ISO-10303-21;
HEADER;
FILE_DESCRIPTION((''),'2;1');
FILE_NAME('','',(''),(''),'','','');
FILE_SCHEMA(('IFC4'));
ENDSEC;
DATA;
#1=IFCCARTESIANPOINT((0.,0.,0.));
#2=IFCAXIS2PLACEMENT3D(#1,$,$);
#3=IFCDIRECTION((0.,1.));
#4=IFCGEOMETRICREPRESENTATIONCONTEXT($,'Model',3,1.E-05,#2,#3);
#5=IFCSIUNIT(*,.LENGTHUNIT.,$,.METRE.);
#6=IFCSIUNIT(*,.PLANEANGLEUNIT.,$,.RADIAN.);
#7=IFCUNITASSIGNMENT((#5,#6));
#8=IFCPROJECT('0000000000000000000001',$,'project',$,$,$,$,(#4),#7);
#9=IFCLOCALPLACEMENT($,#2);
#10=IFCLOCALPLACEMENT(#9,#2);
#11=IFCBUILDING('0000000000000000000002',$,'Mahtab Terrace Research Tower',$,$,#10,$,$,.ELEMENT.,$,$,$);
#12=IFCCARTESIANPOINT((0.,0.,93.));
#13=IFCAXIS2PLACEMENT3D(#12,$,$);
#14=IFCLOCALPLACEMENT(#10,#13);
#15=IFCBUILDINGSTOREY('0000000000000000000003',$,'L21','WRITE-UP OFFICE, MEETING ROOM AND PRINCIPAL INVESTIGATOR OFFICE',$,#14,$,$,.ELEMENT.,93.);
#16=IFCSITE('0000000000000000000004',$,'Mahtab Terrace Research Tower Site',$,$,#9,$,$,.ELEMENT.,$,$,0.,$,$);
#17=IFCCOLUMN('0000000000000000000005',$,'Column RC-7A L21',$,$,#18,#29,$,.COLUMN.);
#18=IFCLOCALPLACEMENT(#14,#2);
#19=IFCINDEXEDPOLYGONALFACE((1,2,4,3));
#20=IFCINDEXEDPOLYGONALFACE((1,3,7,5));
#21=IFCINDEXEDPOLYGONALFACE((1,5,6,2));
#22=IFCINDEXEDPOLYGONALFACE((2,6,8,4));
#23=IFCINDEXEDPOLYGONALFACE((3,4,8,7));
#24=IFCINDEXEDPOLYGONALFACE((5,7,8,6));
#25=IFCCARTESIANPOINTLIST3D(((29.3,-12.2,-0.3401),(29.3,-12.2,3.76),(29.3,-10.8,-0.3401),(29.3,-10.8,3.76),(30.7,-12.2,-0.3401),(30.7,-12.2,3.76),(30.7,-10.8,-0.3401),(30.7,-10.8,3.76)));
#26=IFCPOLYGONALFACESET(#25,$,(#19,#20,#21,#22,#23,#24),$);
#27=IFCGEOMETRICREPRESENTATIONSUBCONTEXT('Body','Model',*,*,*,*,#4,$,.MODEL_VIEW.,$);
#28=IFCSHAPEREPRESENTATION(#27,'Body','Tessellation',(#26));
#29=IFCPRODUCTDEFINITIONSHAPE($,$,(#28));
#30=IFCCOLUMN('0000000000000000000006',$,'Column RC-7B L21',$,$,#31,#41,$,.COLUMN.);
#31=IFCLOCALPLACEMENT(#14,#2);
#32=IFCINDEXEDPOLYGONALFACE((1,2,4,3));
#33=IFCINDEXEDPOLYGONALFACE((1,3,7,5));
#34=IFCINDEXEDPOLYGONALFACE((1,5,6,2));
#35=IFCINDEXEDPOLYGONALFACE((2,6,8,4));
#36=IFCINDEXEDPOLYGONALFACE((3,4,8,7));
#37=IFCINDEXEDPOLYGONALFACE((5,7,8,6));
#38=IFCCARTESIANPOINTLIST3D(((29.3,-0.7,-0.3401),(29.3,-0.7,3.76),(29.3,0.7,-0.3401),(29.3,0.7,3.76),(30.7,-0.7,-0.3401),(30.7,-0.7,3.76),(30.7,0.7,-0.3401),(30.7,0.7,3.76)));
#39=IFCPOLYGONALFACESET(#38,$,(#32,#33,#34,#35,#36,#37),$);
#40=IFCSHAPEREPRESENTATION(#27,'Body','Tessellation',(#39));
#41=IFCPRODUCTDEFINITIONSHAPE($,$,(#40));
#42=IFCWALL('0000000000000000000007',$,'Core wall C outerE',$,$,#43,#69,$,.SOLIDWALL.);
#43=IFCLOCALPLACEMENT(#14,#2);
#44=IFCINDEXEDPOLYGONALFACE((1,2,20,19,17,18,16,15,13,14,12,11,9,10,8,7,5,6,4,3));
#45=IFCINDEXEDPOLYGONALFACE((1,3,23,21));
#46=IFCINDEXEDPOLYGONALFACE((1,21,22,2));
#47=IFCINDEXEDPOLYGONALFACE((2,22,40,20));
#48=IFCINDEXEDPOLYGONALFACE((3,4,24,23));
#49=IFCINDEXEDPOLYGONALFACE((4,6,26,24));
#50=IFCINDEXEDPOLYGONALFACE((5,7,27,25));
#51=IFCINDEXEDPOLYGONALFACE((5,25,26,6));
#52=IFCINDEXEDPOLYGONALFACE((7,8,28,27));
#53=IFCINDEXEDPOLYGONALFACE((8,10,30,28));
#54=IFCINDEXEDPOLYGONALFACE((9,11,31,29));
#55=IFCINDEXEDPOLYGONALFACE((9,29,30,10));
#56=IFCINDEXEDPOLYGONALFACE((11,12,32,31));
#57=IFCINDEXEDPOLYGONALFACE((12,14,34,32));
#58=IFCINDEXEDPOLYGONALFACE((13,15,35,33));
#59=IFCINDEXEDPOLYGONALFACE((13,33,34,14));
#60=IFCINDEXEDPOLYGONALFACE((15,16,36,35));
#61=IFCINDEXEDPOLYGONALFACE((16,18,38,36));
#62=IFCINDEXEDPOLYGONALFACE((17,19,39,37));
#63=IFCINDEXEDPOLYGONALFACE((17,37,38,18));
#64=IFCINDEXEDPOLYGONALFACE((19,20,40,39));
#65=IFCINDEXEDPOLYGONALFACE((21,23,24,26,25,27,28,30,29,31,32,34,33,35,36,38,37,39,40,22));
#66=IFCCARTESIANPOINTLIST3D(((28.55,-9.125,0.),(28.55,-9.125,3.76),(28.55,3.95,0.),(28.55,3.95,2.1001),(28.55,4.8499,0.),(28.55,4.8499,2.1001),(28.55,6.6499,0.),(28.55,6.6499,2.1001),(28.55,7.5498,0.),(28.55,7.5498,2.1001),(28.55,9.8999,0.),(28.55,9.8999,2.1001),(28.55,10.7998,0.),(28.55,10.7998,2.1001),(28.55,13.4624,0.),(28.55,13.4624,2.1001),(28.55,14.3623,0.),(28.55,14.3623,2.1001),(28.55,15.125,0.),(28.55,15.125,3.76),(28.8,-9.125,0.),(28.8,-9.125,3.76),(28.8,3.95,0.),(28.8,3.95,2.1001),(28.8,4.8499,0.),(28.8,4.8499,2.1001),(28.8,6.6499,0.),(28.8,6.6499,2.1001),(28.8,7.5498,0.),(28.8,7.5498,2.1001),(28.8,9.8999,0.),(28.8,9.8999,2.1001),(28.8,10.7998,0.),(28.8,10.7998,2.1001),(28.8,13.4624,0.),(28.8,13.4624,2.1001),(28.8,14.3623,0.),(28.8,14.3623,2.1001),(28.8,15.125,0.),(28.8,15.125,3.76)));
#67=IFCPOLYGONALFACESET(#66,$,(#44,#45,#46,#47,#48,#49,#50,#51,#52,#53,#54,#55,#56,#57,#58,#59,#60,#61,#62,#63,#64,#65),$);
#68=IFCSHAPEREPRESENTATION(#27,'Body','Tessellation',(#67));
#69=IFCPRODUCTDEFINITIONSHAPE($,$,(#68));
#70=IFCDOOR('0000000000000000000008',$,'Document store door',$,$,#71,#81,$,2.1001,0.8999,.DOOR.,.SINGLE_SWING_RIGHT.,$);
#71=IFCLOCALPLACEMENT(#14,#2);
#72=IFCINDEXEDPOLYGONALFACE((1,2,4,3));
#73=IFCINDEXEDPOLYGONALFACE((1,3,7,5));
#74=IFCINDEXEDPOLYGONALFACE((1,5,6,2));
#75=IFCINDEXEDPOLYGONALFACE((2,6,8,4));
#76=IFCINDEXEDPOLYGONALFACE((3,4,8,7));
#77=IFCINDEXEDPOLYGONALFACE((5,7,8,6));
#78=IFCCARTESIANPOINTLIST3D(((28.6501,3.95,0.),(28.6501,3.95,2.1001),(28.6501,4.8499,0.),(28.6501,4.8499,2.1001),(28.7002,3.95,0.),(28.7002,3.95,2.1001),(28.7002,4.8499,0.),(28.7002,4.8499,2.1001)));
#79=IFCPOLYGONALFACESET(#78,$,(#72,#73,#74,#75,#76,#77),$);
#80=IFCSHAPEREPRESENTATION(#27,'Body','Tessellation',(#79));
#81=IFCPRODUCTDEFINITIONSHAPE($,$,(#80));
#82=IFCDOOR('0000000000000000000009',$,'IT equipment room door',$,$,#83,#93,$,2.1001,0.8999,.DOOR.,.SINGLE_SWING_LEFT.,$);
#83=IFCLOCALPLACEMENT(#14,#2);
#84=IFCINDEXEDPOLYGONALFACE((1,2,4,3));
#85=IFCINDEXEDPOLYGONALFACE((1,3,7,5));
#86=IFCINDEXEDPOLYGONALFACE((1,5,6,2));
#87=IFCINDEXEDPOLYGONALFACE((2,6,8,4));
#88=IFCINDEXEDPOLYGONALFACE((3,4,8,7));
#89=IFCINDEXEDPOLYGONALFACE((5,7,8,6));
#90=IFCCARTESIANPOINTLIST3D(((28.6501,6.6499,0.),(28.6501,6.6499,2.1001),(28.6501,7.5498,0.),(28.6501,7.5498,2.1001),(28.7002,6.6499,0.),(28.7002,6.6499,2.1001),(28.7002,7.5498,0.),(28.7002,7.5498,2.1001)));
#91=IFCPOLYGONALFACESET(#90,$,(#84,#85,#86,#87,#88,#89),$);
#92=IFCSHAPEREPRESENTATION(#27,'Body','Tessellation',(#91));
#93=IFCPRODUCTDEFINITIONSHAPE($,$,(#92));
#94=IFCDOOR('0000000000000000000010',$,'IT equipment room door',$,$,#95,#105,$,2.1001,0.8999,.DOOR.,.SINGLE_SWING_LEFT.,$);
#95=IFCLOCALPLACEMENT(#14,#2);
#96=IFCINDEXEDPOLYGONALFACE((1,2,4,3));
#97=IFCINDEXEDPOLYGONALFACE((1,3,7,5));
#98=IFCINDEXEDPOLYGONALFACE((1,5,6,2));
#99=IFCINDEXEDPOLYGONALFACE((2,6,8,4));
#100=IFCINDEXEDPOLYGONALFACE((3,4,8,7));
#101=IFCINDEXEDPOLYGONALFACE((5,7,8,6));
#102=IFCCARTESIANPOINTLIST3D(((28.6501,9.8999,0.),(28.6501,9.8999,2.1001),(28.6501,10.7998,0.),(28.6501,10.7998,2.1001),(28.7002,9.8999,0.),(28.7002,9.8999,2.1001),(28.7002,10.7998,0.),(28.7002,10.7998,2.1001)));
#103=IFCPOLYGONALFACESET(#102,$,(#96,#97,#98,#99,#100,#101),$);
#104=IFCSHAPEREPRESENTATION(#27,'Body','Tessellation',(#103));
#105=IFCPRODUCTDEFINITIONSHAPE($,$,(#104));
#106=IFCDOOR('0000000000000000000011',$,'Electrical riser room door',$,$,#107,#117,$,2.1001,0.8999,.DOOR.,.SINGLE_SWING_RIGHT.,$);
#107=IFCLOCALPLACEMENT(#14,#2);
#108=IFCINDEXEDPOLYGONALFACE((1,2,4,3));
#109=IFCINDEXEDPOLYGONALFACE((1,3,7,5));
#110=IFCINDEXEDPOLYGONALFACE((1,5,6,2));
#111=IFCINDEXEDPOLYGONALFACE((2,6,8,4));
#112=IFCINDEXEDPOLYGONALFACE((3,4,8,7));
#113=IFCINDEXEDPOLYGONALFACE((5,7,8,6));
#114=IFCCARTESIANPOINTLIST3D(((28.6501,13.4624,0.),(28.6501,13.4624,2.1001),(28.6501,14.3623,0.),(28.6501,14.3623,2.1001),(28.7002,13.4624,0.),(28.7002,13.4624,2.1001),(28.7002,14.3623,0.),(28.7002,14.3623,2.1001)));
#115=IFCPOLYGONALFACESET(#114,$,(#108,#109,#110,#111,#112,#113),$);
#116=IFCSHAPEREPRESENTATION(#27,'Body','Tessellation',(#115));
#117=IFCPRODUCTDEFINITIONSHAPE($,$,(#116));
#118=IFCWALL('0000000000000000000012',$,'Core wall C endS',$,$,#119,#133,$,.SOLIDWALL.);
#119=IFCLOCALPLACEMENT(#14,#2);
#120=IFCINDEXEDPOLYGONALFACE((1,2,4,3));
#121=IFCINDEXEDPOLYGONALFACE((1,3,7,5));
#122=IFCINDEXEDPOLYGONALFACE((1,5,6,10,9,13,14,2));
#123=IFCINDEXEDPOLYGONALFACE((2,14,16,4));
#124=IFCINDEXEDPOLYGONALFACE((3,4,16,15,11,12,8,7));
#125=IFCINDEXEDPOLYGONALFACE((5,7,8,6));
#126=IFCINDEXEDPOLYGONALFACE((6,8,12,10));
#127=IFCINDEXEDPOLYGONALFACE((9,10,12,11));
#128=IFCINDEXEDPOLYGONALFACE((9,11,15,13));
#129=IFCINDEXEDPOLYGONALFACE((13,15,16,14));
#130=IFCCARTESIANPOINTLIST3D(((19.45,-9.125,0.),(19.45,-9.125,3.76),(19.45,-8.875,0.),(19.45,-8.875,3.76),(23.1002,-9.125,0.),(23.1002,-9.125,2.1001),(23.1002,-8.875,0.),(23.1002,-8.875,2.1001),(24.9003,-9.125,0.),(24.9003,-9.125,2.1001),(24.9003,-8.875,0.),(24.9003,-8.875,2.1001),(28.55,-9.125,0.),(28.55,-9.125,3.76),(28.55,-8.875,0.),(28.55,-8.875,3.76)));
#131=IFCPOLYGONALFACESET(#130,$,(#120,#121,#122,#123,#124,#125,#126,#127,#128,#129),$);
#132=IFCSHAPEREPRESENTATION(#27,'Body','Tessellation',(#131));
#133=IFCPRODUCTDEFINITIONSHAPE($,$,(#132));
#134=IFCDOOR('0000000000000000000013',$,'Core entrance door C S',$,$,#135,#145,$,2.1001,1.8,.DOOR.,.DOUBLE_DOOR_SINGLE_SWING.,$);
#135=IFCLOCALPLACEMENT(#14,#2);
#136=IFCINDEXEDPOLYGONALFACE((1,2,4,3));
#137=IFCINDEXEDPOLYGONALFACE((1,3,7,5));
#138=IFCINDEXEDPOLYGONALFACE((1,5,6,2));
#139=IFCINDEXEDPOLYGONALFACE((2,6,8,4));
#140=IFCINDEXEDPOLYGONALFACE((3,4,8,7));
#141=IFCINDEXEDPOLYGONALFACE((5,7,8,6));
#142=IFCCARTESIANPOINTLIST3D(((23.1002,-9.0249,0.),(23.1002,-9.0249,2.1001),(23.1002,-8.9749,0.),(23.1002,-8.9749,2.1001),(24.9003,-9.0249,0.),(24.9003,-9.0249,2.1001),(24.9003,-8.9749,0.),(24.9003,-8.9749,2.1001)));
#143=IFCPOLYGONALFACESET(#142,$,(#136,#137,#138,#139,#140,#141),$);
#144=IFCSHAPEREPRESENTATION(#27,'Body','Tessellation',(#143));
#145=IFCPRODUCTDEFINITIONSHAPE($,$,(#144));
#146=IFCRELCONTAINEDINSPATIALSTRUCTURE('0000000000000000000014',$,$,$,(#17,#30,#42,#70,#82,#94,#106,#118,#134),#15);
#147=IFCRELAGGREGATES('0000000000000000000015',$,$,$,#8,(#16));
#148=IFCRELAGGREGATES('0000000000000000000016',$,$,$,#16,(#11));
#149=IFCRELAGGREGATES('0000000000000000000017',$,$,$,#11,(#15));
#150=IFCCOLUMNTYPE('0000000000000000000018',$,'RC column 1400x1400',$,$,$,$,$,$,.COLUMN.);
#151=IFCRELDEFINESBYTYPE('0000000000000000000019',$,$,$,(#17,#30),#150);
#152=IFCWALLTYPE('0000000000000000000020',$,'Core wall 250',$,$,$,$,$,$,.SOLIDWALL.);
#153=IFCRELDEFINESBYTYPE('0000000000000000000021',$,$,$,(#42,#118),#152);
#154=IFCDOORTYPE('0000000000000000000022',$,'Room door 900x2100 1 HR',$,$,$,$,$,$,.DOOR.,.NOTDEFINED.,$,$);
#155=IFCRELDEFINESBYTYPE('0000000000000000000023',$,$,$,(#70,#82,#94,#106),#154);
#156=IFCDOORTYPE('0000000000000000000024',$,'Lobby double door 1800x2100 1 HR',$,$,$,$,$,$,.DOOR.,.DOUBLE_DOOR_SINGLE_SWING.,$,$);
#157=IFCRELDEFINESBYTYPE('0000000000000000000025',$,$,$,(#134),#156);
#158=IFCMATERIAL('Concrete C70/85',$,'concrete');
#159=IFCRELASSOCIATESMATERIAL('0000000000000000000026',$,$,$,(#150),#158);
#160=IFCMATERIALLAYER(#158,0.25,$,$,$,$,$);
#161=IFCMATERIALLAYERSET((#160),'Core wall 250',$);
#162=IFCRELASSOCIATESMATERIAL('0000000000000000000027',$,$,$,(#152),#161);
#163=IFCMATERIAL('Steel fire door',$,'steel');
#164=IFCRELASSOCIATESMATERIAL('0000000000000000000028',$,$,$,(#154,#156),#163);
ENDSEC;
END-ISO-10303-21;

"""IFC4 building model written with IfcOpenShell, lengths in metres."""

from ifc_helpers import new_model, si_unit, direction, frame, frame_2d, origin, origin_2d, place, context, subcontext, project, spatial, rectangle, extrude, material, layer, layer_set, material_profile, profile_set, type_object, element, fill, save


model = new_model("IFC4")

# Units and contexts
model_context = context("Model", 3, precision=1e-05, world=origin(), true_north=direction((0.0, 1.0)))
body_context = subcontext(model_context, "Body", "Model", "MODEL_VIEW")
ifc_project = project(units=[si_unit("LENGTHUNIT", "METRE"), si_unit("PLANEANGLEUNIT", "RADIAN")], contexts=[model_context])

# Site, building, storey
site_placement = place(None, origin())
site = spatial("IfcSite", under=ifc_project, at=site_placement, Name="Mahtab Terrace Research Tower Site", CompositionType="ELEMENT", RefElevation=0.0)
building_placement = place(site_placement, origin())
building = spatial("IfcBuilding", under=site, at=building_placement, Name="Mahtab Terrace Research Tower", CompositionType="ELEMENT")
storey_placement = place(building_placement, frame((0.0, 0.0, 93.0)))
storey = spatial("IfcBuildingStorey", under=building, at=storey_placement, Name="L21", Description="WRITE-UP OFFICE, MEETING ROOM AND PRINCIPAL INVESTIGATOR OFFICE", CompositionType="ELEMENT", Elevation=93.0)

# Columns
ifc_material_1 = material(Name="Concrete C70/85", Category="concrete")
ifc_material_profile = material_profile(ifc_material_1, rectangle(XDim=1.3999, YDim=1.3999, at=origin_2d()), Name="RC column 1400x1400")
ifc_profile_set = profile_set([ifc_material_profile], Name="Concrete C70/85")
column_type = type_object("IfcColumnType", Name="RC column 1400x1400", PredefinedType="COLUMN", material=ifc_profile_set)
for number, where, z_axis, x_axis, name in (
    (1, (30.0, -11.5, -0.3401), (0.0, 0.0, 1.0), (1.0, 0.0, 0.0), "Column RC-7A L21"),
    (2, (30.0, 0.0, -0.3401), (0.0, 0.0, 1.0), (1.0, 0.0, 0.0), "Column RC-7B L21"),
):
    element("IfcColumn", number, at=place(storey_placement, frame(where, z_axis=z_axis, x_axis=x_axis)), inside=storey, type_object=column_type, Name=name, PredefinedType="COLUMN", context=body_context, shape_type="SweptSolid", body=[
        extrude(rectangle(XDim=1.3999, YDim=1.3999, at=origin_2d()), origin(), (0.0, 0.0, 1.0), 4.1001),
    ])

# Wall, openings, doors
ifc_layer_1 = layer(ifc_material_1, 0.25)
ifc_layer_set_1 = layer_set([ifc_layer_1], Name="Core wall 250")
wall_type_1 = type_object("IfcWallType", Name="Core wall 250", PredefinedType="SOLIDWALL", material=ifc_layer_set_1)
wall_1_placement = place(storey_placement, frame((28.675, -9.125, 0.0), z_axis=(0.0, 0.0, 1.0), x_axis=(0.0, 1.0, 0.0)))
wall_1 = element("IfcWall", 3, at=wall_1_placement, inside=storey, type_object=wall_type_1, Name="Core wall C outerE", PredefinedType="SOLIDWALL", context=body_context, shape_type="SweptSolid", body=[
    extrude(rectangle(XDim=24.25, YDim=0.25, at=frame_2d((12.125, 0.0))), origin(), (0.0, 0.0, 1.0), 3.76),
])
opening_1_placement = place(wall_1_placement, frame((13.075, 0.0, 0.0)))
opening_1 = element("IfcOpeningElement", 4, at=opening_1_placement, cuts=wall_1, PredefinedType="OPENING", context=body_context, shape_type="SweptSolid", body=[
    extrude(rectangle(XDim=0.8999, YDim=2.1001, at=frame_2d((0.45, 1.05))), frame((0.0, 0.135, 0.0), z_axis=(0.0, -1.0, 0.0), x_axis=(1.0, 0.0, 0.0)), (0.0, 0.0, 1.0), 0.27),
])
opening_2_placement = place(wall_1_placement, frame((15.7749, 0.0, 0.0)))
opening_2 = element("IfcOpeningElement", 5, at=opening_2_placement, cuts=wall_1, PredefinedType="OPENING", context=body_context, shape_type="SweptSolid", body=[
    extrude(rectangle(XDim=0.8999, YDim=2.1001, at=frame_2d((0.45, 1.05))), frame((0.0, 0.135, 0.0), z_axis=(0.0, -1.0, 0.0), x_axis=(1.0, 0.0, 0.0)), (0.0, 0.0, 1.0), 0.27),
])
opening_3_placement = place(wall_1_placement, frame((19.0249, 0.0, 0.0)))
opening_3 = element("IfcOpeningElement", 6, at=opening_3_placement, cuts=wall_1, PredefinedType="OPENING", context=body_context, shape_type="SweptSolid", body=[
    extrude(rectangle(XDim=0.8999, YDim=2.1001, at=frame_2d((0.45, 1.05))), frame((0.0, 0.135, 0.0), z_axis=(0.0, -1.0, 0.0), x_axis=(1.0, 0.0, 0.0)), (0.0, 0.0, 1.0), 0.27),
])
opening_4_placement = place(wall_1_placement, frame((22.5874, 0.0, 0.0)))
opening_4 = element("IfcOpeningElement", 7, at=opening_4_placement, cuts=wall_1, PredefinedType="OPENING", context=body_context, shape_type="SweptSolid", body=[
    extrude(rectangle(XDim=0.8999, YDim=2.1001, at=frame_2d((0.45, 1.05))), frame((0.0, 0.135, 0.0), z_axis=(0.0, -1.0, 0.0), x_axis=(1.0, 0.0, 0.0)), (0.0, 0.0, 1.0), 0.27),
])
ifc_material_2 = material(Name="Steel fire door", Category="steel")
door_type_1 = type_object("IfcDoorType", Name="Room door 900x2100 1 HR", OperationType="NOTDEFINED", PredefinedType="DOOR", material=ifc_material_2)
door_1_placement = place(opening_1_placement, origin())
door_1 = element("IfcDoor", 8, at=door_1_placement, inside=storey, type_object=door_type_1, Name="Document store door", OperationType="SINGLE_SWING_RIGHT", OverallHeight=2.1001, OverallWidth=0.8999, PredefinedType="DOOR", context=body_context, shape_type="SweptSolid", body=[
    extrude(rectangle(XDim=0.8999, YDim=2.1001, at=frame_2d((0.45, 1.05))), frame((0.0, 0.0249, 0.0), z_axis=(0.0, -1.0, 0.0), x_axis=(1.0, 0.0, 0.0)), (0.0, 0.0, 1.0), 0.05),
])
fill(opening_1, door_1)
door_2_placement = place(opening_2_placement, origin())
door_2 = element("IfcDoor", 9, at=door_2_placement, inside=storey, type_object=door_type_1, Name="IT equipment room door", OperationType="SINGLE_SWING_LEFT", OverallHeight=2.1001, OverallWidth=0.8999, PredefinedType="DOOR", context=body_context, shape_type="SweptSolid", body=[
    extrude(rectangle(XDim=0.8999, YDim=2.1001, at=frame_2d((0.45, 1.05))), frame((0.0, 0.0249, 0.0), z_axis=(0.0, -1.0, 0.0), x_axis=(1.0, 0.0, 0.0)), (0.0, 0.0, 1.0), 0.05),
])
fill(opening_2, door_2)
door_3_placement = place(opening_3_placement, origin())
door_3 = element("IfcDoor", 10, at=door_3_placement, inside=storey, type_object=door_type_1, Name="IT equipment room door", OperationType="SINGLE_SWING_LEFT", OverallHeight=2.1001, OverallWidth=0.8999, PredefinedType="DOOR", context=body_context, shape_type="SweptSolid", body=[
    extrude(rectangle(XDim=0.8999, YDim=2.1001, at=frame_2d((0.45, 1.05))), frame((0.0, 0.0249, 0.0), z_axis=(0.0, -1.0, 0.0), x_axis=(1.0, 0.0, 0.0)), (0.0, 0.0, 1.0), 0.05),
])
fill(opening_3, door_3)
door_4_placement = place(opening_4_placement, origin())
door_4 = element("IfcDoor", 11, at=door_4_placement, inside=storey, type_object=door_type_1, Name="Electrical riser room door", OperationType="SINGLE_SWING_RIGHT", OverallHeight=2.1001, OverallWidth=0.8999, PredefinedType="DOOR", context=body_context, shape_type="SweptSolid", body=[
    extrude(rectangle(XDim=0.8999, YDim=2.1001, at=frame_2d((0.45, 1.05))), frame((0.0, 0.0249, 0.0), z_axis=(0.0, -1.0, 0.0), x_axis=(1.0, 0.0, 0.0)), (0.0, 0.0, 1.0), 0.05),
])
fill(opening_4, door_4)

# Wall, opening, door
wall_2_placement = place(storey_placement, frame((28.55, -9.0, 0.0), z_axis=(0.0, 0.0, 1.0), x_axis=(-1.0, 0.0, 0.0)))
wall_2 = element("IfcWall", 12, at=wall_2_placement, inside=storey, type_object=wall_type_1, Name="Core wall C endS", PredefinedType="SOLIDWALL", context=body_context, shape_type="SweptSolid", body=[
    extrude(rectangle(XDim=9.1001, YDim=0.25, at=frame_2d((4.55, 0.0))), origin(), (0.0, 0.0, 1.0), 3.76),
])
opening_5_placement = place(wall_2_placement, frame((3.6499, 0.0, 0.0)))
opening_5 = element("IfcOpeningElement", 13, at=opening_5_placement, cuts=wall_2, PredefinedType="OPENING", context=body_context, shape_type="SweptSolid", body=[
    extrude(rectangle(XDim=1.8, YDim=2.1001, at=frame_2d((0.8999, 1.05))), frame((0.0, 0.135, 0.0), z_axis=(0.0, -1.0, 0.0), x_axis=(1.0, 0.0, 0.0)), (0.0, 0.0, 1.0), 0.27),
])
door_type_2 = type_object("IfcDoorType", Name="Lobby double door 1800x2100 1 HR", OperationType="DOUBLE_DOOR_SINGLE_SWING", PredefinedType="DOOR", material=ifc_material_2)
door_5_placement = place(opening_5_placement, origin())
door_5 = element("IfcDoor", 14, at=door_5_placement, inside=storey, type_object=door_type_2, Name="Core entrance door C S", OperationType="DOUBLE_DOOR_SINGLE_SWING", OverallHeight=2.1001, OverallWidth=1.8, PredefinedType="DOOR", context=body_context, shape_type="SweptSolid", body=[
    extrude(rectangle(XDim=1.8, YDim=2.1001, at=frame_2d((0.8999, 1.05))), frame((0.0, 0.0249, 0.0), z_axis=(0.0, -1.0, 0.0), x_axis=(1.0, 0.0, 0.0)), (0.0, 0.0, 1.0), 0.05),
])
fill(opening_5, door_5)

save(model, "model.ifc")
